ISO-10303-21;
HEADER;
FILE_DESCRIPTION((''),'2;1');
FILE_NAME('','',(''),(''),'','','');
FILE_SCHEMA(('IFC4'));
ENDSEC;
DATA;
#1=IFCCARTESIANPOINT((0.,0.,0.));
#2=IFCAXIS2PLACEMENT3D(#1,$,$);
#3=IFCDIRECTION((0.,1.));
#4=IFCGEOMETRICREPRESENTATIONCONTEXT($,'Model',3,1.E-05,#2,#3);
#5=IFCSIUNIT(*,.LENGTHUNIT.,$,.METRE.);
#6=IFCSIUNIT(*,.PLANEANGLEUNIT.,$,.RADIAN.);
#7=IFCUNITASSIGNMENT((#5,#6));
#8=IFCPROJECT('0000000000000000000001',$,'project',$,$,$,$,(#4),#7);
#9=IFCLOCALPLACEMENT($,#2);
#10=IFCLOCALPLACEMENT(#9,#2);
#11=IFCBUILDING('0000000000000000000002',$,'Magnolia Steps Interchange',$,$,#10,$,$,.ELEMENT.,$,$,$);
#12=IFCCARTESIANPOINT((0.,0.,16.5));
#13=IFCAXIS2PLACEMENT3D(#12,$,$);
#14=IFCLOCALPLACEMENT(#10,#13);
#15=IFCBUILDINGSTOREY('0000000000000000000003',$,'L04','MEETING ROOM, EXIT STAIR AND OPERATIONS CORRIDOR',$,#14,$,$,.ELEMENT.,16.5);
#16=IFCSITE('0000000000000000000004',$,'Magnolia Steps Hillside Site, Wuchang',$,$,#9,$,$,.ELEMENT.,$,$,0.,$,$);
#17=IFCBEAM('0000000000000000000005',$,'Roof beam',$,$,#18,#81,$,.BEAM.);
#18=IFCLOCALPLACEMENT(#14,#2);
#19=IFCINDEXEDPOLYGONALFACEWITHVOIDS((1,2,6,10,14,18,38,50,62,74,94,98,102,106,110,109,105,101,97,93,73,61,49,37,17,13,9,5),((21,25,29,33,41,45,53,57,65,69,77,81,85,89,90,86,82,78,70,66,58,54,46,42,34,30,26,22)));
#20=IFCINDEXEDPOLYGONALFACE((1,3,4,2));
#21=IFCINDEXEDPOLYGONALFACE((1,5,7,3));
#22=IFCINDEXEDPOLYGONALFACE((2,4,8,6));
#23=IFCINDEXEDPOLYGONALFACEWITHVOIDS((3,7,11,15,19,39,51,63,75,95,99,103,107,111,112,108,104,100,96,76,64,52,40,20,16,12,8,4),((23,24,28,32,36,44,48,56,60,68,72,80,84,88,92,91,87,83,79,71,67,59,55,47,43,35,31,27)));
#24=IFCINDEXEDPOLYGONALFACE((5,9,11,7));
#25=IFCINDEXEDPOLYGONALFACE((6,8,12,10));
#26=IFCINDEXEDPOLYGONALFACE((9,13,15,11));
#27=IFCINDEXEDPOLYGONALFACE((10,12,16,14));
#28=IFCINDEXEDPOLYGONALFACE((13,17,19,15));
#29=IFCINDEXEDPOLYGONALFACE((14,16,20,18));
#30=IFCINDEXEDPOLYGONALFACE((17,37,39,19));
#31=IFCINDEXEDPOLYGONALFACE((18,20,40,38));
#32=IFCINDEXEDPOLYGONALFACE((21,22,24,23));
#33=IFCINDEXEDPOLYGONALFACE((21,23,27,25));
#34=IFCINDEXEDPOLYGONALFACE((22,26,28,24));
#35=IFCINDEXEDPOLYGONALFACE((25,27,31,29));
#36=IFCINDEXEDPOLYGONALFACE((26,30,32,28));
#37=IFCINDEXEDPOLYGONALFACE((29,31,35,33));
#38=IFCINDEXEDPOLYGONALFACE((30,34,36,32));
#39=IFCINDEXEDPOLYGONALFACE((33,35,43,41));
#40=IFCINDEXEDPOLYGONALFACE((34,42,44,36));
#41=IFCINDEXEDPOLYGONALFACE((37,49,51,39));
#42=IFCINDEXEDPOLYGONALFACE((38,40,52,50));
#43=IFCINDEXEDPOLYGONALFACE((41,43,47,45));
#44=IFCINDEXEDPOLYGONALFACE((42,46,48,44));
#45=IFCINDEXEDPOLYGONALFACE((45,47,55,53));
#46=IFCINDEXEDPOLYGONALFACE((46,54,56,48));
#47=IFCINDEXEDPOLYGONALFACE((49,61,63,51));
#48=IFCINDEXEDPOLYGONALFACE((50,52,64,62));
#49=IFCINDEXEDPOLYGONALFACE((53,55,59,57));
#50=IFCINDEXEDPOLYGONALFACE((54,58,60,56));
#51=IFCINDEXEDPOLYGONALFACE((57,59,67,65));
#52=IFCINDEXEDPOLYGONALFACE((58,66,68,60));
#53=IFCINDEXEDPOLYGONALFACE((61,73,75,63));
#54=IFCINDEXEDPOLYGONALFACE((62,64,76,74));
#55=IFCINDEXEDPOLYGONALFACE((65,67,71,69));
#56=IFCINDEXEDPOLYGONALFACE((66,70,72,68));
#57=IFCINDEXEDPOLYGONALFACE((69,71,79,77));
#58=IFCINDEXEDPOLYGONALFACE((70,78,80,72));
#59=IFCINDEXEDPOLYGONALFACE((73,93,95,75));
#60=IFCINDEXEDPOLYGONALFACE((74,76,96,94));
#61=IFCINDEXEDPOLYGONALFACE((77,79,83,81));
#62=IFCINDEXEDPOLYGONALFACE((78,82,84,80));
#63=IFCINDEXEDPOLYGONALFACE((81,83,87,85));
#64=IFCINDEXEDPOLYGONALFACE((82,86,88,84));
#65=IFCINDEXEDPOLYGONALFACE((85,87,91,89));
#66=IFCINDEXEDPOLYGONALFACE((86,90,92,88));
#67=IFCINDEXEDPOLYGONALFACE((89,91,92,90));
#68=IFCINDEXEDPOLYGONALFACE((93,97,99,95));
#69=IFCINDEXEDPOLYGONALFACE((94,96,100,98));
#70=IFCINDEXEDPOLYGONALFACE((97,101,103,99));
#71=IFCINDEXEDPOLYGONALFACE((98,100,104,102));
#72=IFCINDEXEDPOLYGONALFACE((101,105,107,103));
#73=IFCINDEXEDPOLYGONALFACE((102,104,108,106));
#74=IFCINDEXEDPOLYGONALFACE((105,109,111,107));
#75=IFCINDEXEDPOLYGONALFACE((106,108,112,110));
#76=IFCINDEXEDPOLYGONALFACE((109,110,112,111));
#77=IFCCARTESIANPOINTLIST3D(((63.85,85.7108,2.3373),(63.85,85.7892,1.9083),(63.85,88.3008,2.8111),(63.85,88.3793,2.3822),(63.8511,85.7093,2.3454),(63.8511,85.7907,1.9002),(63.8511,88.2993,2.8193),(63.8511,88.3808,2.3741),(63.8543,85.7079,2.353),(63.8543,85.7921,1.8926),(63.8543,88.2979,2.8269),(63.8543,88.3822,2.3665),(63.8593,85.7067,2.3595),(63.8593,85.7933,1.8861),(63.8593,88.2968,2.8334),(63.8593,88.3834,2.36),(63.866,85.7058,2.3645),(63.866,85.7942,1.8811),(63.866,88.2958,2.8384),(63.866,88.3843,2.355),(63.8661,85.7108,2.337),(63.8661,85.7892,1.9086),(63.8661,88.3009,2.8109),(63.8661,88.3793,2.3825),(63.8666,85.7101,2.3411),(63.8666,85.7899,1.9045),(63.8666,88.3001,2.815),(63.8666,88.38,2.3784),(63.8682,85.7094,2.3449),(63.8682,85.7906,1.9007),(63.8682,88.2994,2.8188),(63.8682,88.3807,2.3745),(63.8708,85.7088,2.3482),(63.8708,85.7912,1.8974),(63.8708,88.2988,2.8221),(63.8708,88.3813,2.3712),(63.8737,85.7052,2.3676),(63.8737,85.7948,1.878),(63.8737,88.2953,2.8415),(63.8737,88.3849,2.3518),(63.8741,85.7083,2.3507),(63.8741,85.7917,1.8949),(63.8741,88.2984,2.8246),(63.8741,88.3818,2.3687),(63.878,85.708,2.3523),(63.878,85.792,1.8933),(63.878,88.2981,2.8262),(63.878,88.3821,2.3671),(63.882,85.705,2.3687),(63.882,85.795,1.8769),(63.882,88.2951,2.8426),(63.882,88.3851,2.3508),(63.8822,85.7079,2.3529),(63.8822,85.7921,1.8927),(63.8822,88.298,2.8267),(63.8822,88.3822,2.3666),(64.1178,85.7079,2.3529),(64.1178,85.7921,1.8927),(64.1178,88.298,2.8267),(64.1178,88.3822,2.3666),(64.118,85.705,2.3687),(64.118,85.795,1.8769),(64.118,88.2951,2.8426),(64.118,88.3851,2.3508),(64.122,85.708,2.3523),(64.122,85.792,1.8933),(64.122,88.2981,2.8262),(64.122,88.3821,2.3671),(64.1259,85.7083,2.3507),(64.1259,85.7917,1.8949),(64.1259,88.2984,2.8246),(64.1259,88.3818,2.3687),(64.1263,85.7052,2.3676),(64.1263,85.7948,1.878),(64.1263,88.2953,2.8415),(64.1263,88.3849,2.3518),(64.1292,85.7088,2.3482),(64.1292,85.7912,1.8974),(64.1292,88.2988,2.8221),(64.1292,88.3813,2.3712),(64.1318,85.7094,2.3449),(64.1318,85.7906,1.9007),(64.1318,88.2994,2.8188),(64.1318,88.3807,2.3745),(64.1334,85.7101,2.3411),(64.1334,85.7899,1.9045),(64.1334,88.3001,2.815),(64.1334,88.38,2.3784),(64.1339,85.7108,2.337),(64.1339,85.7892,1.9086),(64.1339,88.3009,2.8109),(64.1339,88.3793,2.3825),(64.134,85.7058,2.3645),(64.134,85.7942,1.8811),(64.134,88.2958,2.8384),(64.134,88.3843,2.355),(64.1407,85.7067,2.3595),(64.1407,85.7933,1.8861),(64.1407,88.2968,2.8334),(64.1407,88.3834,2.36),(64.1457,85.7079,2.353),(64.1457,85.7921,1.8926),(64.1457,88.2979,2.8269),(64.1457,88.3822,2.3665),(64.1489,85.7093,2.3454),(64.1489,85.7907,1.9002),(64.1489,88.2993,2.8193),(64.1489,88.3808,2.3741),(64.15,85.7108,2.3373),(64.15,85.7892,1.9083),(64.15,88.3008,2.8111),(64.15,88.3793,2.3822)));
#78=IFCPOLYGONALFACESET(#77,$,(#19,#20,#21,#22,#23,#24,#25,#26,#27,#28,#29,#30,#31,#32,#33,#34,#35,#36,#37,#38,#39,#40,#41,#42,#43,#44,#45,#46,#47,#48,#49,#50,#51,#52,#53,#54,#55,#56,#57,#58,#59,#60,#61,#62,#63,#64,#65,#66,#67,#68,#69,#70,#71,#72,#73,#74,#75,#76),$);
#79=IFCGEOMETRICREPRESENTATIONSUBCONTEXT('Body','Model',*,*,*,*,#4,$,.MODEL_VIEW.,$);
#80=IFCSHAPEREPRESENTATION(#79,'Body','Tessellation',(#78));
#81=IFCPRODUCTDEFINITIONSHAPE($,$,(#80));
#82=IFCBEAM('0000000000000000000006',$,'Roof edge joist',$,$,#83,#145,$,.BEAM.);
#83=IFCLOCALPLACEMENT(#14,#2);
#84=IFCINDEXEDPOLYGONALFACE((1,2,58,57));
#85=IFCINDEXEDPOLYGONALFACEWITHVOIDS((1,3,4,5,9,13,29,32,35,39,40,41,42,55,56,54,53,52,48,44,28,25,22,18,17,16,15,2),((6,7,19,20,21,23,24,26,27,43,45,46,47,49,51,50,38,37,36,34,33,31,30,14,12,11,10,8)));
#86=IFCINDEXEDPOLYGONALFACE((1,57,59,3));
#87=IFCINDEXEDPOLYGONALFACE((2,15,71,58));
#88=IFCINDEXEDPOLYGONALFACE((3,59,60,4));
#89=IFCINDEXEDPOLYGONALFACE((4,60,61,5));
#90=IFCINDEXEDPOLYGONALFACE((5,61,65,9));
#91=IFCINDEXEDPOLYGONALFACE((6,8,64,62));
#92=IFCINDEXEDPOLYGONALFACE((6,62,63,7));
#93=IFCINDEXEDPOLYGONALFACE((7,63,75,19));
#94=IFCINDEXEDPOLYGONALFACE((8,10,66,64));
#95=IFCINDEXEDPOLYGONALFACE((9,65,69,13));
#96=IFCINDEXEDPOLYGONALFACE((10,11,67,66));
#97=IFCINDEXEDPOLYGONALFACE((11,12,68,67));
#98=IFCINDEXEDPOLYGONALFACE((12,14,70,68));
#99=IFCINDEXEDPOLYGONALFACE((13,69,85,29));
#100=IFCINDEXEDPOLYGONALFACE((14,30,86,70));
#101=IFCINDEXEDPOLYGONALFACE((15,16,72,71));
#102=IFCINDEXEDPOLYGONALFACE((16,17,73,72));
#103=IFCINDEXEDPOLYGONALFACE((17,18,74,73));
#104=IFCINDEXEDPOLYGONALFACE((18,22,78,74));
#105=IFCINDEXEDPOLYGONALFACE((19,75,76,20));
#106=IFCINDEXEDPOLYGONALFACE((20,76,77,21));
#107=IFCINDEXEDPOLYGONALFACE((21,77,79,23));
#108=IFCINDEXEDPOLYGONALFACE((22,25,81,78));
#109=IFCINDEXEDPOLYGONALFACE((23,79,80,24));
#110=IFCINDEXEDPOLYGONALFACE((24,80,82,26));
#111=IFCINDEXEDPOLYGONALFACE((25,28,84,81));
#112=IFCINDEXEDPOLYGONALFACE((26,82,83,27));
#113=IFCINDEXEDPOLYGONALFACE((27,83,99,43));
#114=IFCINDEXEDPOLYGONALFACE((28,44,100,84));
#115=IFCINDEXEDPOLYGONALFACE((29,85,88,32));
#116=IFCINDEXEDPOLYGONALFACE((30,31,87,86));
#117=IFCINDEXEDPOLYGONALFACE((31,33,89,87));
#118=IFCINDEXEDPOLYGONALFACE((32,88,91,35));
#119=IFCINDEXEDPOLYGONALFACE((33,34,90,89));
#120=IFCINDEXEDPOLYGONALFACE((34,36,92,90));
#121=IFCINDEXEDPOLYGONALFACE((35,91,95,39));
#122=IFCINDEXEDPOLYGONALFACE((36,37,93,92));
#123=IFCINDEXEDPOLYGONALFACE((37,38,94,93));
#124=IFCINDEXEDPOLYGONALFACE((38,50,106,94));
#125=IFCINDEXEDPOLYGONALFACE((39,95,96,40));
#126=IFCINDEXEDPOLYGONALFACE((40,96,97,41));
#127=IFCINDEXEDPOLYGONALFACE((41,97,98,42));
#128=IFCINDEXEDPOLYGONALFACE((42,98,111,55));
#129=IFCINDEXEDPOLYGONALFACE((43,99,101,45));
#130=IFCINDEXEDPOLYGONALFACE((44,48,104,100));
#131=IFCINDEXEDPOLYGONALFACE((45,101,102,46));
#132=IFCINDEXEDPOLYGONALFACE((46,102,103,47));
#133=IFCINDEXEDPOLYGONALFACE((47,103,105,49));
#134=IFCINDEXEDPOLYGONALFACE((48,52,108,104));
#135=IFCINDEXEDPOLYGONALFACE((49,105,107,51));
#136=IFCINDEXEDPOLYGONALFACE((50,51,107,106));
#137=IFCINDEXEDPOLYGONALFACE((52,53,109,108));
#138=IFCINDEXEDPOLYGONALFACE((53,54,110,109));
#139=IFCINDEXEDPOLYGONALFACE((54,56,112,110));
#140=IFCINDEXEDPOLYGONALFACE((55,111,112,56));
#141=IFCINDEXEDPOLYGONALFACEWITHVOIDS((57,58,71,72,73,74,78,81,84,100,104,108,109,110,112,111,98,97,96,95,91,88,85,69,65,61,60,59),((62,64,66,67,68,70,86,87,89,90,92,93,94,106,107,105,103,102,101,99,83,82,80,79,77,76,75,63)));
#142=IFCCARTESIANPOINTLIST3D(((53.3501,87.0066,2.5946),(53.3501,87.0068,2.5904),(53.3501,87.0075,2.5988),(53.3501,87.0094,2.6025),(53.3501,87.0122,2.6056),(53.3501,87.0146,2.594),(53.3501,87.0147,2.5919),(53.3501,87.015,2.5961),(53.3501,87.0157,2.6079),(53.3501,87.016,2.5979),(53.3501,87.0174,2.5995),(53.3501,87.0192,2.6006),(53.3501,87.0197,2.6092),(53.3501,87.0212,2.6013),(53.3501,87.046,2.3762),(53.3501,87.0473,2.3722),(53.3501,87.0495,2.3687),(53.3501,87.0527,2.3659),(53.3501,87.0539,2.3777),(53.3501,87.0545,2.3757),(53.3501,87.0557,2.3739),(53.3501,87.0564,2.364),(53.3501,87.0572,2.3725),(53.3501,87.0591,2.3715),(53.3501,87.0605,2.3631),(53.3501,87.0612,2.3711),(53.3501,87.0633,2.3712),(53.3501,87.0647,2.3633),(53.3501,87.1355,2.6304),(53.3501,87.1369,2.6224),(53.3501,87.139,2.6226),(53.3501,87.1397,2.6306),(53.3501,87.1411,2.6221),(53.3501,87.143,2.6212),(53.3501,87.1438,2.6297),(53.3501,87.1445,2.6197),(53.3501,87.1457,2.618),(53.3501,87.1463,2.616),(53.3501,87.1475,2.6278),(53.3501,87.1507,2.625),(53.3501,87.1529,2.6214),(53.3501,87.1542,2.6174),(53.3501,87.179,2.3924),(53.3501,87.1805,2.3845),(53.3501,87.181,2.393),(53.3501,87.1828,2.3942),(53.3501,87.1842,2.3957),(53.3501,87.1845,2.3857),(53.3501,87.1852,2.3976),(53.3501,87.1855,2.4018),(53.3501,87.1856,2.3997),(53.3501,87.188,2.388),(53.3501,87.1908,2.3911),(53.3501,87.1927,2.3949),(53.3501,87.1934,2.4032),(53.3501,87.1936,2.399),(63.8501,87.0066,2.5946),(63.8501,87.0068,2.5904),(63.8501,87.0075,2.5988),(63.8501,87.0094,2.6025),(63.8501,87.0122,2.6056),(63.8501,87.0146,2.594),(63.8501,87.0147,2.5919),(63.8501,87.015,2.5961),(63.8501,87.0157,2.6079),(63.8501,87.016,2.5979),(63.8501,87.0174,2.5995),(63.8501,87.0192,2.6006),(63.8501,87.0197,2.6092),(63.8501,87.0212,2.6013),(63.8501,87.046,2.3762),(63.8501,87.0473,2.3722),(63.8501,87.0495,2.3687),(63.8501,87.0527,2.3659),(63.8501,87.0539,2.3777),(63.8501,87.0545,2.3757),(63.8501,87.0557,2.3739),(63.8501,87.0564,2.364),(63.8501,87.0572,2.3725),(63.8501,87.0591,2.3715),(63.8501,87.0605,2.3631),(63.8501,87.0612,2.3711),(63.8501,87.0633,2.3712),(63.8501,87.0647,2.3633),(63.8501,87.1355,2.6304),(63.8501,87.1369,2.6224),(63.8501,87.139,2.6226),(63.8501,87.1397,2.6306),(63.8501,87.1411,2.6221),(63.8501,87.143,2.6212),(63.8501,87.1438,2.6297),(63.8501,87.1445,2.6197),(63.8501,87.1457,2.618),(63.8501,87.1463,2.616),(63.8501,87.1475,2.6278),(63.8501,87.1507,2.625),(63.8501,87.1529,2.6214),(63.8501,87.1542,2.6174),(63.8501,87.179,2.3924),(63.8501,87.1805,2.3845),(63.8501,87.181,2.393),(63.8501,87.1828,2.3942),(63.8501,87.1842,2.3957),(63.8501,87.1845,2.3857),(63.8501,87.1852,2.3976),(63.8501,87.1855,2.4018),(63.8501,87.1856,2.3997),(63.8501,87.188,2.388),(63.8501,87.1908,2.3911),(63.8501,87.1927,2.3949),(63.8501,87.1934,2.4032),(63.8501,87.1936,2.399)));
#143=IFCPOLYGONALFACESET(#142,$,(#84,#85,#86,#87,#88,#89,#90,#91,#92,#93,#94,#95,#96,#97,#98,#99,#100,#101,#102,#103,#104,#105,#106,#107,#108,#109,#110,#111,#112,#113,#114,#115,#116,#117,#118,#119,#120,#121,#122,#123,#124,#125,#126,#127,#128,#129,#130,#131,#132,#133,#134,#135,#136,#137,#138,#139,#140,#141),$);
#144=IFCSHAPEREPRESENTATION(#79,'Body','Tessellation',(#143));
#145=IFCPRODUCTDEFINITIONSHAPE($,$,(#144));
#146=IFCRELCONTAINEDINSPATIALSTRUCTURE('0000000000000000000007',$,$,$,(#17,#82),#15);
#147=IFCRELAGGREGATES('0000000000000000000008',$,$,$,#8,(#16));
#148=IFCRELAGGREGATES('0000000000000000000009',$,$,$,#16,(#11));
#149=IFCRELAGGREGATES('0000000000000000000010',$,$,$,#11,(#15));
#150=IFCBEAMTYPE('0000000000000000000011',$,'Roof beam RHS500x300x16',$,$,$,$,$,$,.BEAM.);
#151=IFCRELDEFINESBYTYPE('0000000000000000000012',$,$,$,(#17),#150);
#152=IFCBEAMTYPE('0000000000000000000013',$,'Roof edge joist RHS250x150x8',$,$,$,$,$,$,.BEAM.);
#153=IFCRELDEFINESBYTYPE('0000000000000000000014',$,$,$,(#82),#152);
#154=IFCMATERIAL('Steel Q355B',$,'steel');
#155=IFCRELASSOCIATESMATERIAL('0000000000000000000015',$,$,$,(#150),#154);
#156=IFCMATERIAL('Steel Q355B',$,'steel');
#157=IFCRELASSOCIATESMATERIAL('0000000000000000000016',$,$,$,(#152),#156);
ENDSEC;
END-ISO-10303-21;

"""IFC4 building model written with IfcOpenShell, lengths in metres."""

from ifc_helpers import new_model, si_unit, direction, frame, origin, origin_2d, place, context, subcontext, project, spatial, hollow_rectangle, extrude, material, material_profile, profile_set, type_object, element, save


model = new_model("IFC4")

# Units and contexts
model_context = context("Model", 3, precision=1e-05, world=origin(), true_north=direction((0.0, 1.0)))
body_context = subcontext(model_context, "Body", "Model", "MODEL_VIEW")
ifc_project = project(units=[si_unit("LENGTHUNIT", "METRE"), si_unit("PLANEANGLEUNIT", "RADIAN")], contexts=[model_context])

# Site, building, storey
site_placement = place(None, origin())
site = spatial("IfcSite", under=ifc_project, at=site_placement, Name="Magnolia Steps Hillside Site, Wuchang", CompositionType="ELEMENT", RefElevation=0.0)
building_placement = place(site_placement, origin())
building = spatial("IfcBuilding", under=site, at=building_placement, Name="Magnolia Steps Interchange", CompositionType="ELEMENT")
storey_placement = place(building_placement, frame((0.0, 0.0, 16.5)))
storey = spatial("IfcBuildingStorey", under=building, at=storey_placement, Name="L04", Description="MEETING ROOM, EXIT STAIR AND OPERATIONS CORRIDOR", CompositionType="ELEMENT", Elevation=16.5)

# Beams
ifc_material_1 = material(Name="Steel Q355B", Category="steel")
ifc_material_profile_1 = material_profile(ifc_material_1, hollow_rectangle(XDim=0.3, YDim=0.5, WallThickness=0.0161, InnerFilletRadius=0.0161, OuterFilletRadius=0.032, at=origin_2d()), Name="RHS500x300x16")
ifc_profile_set_1 = profile_set([ifc_material_profile_1], Name="Steel Q355B")
beam_type_1 = type_object("IfcBeamType", Name="Roof beam RHS500x300x16", PredefinedType="BEAM", material=ifc_profile_set_1)
beam_1_placement = place(storey_placement, frame((64.0, 85.75, 2.1228), z_axis=(0.0, 0.983672, 0.179971), x_axis=(-1.0, 0.0, 0.0)))
element("IfcBeam", 1, at=beam_1_placement, inside=storey, type_object=beam_type_1, Name="Roof beam", PredefinedType="BEAM", context=body_context, shape_type="SweptSolid", body=[
    extrude(hollow_rectangle(XDim=0.3, YDim=0.5, WallThickness=0.0161, InnerFilletRadius=0.0161, OuterFilletRadius=0.032, at=origin_2d()), origin(), (0.0, 0.0, 1.0), 2.6331),
])
ifc_material_2 = material(Name="Steel Q355B", Category="steel")
ifc_material_profile_2 = material_profile(ifc_material_2, hollow_rectangle(XDim=0.1499, YDim=0.25, WallThickness=0.0081, InnerFilletRadius=0.0081, OuterFilletRadius=0.0161, at=origin_2d()), Name="RHS250x150x8")
ifc_profile_set_2 = profile_set([ifc_material_profile_2], Name="Steel Q355B")
beam_type_2 = type_object("IfcBeamType", Name="Roof edge joist RHS250x150x8", PredefinedType="BEAM", material=ifc_profile_set_2)
for number, where, z_axis, x_axis, name in (
    (2, (53.3501, 87.1001, 2.4968), (1.0, 0.0, 0.0), (0.0, 0.983677, 0.179941), "Roof edge joist"),
):
    element("IfcBeam", number, at=place(storey_placement, frame(where, z_axis=z_axis, x_axis=x_axis)), inside=storey, type_object=beam_type_2, Name=name, PredefinedType="BEAM", context=body_context, shape_type="SweptSolid", body=[
        extrude(hollow_rectangle(XDim=0.1499, YDim=0.25, WallThickness=0.0081, InnerFilletRadius=0.0081, OuterFilletRadius=0.0161, at=origin_2d()), origin(), (0.0, 0.0, 1.0), 10.5),
    ])

save(model, "model.ifc")
